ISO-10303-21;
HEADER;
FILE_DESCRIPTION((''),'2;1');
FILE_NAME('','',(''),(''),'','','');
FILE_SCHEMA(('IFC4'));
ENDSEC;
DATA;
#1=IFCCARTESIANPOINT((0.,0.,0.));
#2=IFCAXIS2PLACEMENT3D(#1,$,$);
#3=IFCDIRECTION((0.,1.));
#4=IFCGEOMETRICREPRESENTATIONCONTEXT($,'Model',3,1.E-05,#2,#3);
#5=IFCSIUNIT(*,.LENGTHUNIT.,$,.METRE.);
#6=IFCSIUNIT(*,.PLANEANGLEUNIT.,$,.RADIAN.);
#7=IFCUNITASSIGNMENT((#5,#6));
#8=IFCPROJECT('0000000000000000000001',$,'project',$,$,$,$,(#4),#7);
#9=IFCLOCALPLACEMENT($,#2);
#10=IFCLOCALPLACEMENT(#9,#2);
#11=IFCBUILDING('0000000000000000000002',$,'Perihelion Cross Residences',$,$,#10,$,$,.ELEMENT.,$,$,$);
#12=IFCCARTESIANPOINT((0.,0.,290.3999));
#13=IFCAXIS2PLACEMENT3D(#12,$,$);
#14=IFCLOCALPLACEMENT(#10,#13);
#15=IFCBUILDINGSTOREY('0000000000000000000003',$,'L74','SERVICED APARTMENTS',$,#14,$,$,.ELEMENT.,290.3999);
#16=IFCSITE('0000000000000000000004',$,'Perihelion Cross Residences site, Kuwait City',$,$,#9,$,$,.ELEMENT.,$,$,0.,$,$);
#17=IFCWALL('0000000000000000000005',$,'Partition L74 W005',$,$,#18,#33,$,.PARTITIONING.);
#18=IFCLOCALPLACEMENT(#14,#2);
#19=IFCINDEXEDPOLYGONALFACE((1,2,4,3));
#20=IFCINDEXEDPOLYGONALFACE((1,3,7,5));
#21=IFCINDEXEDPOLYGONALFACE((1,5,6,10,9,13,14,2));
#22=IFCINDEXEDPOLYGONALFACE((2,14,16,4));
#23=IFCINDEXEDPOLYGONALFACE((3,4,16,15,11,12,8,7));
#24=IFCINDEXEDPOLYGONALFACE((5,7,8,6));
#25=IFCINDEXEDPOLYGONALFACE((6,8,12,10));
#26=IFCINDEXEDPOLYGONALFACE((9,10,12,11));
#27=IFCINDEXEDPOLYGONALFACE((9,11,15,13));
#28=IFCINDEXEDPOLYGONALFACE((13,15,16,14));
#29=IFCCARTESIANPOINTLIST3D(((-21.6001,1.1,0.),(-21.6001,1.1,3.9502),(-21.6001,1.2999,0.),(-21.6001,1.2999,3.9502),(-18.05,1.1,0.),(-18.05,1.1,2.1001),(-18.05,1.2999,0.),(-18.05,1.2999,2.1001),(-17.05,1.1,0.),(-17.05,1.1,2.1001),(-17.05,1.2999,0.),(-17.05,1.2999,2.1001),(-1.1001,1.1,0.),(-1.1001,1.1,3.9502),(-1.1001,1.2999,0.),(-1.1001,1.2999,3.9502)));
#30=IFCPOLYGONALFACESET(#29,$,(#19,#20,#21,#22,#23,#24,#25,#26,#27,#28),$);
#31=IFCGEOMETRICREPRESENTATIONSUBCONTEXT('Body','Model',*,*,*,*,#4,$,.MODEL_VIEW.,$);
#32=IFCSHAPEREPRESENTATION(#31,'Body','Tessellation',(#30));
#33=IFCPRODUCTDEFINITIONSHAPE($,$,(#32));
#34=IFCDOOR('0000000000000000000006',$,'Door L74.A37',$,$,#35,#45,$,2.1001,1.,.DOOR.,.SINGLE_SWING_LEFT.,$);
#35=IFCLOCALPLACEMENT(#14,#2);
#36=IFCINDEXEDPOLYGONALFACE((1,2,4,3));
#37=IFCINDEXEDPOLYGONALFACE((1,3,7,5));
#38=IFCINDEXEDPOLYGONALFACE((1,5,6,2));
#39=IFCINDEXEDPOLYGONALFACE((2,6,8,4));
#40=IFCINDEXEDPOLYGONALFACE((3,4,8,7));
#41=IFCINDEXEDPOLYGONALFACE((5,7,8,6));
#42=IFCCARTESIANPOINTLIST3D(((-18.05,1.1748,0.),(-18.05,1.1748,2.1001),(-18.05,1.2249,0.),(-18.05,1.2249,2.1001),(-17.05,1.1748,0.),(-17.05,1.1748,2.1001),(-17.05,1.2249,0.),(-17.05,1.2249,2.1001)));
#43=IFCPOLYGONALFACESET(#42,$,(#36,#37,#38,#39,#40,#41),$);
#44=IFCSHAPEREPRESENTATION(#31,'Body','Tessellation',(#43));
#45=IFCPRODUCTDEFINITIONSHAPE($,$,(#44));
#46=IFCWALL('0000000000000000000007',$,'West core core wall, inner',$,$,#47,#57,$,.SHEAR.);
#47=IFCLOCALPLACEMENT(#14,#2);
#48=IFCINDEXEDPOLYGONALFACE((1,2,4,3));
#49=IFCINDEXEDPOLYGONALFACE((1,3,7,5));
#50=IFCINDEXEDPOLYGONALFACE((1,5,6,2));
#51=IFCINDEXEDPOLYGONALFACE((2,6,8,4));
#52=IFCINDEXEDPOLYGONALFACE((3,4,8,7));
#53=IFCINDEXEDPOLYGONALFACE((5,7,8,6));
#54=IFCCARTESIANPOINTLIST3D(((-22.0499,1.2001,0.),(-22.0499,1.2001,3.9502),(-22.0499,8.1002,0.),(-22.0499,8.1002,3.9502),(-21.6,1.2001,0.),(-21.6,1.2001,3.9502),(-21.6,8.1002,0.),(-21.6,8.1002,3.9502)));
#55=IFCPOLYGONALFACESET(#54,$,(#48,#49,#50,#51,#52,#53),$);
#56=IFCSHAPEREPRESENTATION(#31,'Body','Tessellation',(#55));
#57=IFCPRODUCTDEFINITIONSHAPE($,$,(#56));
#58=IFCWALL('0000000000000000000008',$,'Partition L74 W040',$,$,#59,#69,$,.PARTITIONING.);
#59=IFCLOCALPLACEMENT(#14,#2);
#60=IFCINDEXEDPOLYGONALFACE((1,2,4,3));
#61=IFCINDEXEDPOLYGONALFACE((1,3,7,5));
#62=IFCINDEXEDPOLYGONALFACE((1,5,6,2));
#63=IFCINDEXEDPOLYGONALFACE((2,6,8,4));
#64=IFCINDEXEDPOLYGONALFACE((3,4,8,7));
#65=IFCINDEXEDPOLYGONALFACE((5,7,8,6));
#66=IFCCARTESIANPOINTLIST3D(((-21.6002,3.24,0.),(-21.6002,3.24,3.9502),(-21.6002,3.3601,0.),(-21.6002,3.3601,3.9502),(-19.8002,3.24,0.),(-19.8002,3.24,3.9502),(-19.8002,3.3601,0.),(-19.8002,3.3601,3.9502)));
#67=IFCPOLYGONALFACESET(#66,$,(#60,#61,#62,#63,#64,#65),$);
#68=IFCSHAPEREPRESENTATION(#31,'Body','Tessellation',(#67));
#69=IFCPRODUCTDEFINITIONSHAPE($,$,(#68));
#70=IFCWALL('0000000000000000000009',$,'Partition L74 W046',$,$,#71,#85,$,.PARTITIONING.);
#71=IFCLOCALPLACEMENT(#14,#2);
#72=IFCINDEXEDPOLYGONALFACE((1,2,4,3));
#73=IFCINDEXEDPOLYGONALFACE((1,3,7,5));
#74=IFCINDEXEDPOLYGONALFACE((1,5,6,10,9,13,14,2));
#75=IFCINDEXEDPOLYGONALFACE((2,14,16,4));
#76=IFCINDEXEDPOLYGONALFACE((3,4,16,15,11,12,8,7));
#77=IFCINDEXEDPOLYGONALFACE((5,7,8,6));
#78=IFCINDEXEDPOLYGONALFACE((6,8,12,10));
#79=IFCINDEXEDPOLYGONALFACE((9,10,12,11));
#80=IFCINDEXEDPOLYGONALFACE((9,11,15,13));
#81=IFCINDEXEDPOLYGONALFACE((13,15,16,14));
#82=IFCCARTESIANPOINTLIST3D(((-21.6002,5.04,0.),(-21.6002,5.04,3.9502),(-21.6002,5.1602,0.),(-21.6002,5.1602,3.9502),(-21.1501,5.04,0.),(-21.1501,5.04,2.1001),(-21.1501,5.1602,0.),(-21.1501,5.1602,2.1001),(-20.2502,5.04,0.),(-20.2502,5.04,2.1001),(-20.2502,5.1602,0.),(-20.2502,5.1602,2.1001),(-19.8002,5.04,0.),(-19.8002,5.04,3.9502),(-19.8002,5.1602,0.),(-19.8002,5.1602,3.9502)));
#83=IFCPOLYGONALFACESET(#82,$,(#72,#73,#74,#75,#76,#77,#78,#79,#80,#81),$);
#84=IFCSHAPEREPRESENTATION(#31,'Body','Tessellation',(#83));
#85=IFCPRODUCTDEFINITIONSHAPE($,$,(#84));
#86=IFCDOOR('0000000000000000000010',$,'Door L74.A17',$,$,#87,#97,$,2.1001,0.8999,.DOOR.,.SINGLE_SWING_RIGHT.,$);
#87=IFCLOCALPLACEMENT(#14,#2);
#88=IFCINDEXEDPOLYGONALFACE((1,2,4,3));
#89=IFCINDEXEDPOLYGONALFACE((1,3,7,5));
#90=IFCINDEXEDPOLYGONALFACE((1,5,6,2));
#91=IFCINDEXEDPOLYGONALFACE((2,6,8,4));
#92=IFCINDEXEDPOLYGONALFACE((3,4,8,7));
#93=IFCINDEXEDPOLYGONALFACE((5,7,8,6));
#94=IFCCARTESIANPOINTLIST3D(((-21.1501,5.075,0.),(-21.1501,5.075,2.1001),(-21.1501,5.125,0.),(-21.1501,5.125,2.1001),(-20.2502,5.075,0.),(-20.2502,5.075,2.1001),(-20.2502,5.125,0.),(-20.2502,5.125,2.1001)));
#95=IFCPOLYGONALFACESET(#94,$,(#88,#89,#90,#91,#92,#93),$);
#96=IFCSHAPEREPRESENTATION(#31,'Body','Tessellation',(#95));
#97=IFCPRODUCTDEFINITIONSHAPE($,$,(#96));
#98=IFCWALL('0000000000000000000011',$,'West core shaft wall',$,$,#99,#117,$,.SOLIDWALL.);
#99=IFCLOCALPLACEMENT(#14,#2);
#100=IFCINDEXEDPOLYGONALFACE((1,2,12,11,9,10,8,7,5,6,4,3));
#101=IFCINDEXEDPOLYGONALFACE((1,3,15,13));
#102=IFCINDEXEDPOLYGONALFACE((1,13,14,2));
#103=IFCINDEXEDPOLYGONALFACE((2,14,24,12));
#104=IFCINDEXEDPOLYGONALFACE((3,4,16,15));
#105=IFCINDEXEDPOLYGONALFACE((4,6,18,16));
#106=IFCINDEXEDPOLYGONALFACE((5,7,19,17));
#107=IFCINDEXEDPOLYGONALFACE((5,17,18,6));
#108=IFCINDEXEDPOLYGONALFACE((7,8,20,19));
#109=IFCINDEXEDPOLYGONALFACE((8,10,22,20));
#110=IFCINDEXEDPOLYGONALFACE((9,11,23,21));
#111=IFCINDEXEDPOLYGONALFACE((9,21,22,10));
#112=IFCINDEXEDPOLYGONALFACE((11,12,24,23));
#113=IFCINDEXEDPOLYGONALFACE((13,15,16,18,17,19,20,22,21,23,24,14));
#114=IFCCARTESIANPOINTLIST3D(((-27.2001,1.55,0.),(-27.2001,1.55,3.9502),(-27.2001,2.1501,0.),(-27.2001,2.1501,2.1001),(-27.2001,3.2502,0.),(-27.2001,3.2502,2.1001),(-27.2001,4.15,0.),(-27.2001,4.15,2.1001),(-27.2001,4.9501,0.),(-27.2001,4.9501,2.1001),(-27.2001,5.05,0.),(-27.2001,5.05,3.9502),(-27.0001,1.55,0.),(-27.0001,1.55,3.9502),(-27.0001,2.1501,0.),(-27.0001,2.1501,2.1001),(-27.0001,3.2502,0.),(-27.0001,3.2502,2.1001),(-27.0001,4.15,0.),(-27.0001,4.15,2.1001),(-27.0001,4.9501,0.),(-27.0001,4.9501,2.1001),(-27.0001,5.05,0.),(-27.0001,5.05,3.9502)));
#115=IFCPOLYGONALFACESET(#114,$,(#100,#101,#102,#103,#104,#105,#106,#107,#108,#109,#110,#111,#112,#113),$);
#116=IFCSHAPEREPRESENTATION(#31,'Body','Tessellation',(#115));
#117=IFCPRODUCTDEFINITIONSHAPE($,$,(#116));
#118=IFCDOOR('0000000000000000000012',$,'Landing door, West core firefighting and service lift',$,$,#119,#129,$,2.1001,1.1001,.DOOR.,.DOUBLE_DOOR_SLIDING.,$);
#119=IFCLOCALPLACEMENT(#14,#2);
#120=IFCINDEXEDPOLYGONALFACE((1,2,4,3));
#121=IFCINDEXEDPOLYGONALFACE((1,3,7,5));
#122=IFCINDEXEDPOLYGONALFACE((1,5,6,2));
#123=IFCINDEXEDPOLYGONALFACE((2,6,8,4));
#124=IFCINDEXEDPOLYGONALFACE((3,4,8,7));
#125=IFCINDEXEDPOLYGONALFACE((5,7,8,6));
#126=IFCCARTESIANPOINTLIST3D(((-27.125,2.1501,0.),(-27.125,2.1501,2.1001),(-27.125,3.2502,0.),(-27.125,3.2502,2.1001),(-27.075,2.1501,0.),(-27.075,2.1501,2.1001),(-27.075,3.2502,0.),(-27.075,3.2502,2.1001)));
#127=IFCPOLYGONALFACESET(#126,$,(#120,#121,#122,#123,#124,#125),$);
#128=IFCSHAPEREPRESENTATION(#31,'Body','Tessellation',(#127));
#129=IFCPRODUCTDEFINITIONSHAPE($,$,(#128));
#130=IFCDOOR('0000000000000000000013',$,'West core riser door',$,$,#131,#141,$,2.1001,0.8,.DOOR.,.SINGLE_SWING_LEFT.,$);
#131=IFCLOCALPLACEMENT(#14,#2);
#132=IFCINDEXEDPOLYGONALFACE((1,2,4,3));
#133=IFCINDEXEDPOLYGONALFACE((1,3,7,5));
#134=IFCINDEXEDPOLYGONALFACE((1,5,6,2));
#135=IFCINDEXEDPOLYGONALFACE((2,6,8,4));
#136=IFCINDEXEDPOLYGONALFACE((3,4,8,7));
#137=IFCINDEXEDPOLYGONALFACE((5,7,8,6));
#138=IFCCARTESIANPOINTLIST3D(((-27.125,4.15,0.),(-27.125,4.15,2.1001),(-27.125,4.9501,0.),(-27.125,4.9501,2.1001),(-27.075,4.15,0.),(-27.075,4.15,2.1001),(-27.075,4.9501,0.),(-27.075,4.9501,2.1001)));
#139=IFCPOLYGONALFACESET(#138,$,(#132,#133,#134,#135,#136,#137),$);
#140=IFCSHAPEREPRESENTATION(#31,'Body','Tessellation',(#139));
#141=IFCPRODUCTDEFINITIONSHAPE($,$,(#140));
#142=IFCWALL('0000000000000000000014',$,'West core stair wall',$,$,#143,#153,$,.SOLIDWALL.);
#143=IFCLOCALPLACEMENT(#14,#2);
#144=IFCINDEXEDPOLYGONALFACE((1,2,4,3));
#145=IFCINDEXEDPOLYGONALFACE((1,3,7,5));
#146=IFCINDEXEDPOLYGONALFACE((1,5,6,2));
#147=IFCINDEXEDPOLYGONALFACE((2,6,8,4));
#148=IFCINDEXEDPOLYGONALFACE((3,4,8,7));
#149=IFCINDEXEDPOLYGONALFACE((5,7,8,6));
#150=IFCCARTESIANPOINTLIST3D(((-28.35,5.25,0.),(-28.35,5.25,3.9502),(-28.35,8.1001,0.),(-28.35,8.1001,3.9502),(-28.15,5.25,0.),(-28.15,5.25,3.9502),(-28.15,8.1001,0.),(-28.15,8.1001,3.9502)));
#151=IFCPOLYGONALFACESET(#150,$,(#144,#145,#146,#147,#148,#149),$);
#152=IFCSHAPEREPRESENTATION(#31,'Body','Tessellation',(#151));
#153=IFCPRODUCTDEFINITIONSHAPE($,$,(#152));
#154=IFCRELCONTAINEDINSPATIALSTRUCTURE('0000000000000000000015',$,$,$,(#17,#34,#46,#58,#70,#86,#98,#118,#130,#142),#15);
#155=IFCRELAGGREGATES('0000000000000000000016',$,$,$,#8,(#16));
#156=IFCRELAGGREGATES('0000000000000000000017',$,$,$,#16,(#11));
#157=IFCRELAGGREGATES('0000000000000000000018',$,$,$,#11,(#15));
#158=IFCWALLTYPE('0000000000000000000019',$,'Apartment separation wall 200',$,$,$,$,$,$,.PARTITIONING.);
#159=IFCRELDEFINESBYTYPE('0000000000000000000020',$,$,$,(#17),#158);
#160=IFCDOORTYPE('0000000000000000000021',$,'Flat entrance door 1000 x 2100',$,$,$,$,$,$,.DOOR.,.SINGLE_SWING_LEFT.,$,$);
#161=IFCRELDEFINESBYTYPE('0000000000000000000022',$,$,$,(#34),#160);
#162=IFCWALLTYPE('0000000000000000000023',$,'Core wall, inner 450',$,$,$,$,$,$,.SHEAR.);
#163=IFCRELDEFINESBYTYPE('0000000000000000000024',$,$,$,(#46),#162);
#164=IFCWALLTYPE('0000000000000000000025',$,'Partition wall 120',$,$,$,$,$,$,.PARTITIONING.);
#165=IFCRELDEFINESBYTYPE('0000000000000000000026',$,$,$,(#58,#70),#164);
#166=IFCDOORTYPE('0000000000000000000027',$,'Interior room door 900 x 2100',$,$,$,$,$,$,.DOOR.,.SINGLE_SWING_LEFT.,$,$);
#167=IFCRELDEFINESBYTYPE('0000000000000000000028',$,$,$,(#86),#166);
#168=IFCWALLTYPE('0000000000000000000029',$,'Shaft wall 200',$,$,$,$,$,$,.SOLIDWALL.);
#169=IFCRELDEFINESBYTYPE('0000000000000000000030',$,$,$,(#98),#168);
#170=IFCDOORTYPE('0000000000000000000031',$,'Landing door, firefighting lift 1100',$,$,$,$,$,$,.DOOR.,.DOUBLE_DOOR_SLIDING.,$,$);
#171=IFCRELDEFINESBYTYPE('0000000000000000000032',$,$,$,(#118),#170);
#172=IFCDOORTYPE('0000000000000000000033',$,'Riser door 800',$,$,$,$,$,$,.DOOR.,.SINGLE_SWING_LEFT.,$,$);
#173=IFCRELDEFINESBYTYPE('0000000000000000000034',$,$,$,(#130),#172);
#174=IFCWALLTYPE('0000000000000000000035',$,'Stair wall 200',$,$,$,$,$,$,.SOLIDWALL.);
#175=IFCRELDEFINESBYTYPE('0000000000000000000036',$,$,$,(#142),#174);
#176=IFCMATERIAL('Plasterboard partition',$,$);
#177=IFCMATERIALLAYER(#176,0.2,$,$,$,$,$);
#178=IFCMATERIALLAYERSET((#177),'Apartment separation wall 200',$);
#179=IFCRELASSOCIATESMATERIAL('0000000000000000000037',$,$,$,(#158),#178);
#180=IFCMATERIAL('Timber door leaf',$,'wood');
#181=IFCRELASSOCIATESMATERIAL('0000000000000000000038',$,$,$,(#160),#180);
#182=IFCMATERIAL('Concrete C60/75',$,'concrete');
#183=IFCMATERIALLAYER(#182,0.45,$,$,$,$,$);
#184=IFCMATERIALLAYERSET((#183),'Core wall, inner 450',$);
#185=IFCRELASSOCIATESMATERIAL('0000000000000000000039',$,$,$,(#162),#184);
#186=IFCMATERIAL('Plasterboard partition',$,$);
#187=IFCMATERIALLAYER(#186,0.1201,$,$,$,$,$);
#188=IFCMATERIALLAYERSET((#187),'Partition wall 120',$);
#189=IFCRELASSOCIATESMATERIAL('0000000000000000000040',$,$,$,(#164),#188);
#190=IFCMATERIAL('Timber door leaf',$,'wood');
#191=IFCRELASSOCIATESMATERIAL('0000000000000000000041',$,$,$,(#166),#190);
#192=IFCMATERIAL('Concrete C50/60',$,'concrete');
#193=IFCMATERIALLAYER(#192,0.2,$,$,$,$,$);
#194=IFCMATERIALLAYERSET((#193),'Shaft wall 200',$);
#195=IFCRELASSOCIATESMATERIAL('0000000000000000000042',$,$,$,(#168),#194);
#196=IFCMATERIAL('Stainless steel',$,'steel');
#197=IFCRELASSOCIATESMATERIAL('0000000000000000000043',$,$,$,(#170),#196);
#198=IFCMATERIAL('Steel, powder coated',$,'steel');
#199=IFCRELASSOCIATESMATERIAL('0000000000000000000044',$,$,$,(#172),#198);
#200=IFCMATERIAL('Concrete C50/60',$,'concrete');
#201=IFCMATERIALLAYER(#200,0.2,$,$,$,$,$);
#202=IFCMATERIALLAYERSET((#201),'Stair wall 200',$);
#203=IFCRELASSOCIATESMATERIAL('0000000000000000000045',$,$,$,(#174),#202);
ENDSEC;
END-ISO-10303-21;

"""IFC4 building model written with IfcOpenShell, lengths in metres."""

from ifc_helpers import new_model, si_unit, direction, frame, frame_2d, origin, place, context, subcontext, project, spatial, rectangle, extrude, material, layer, layer_set, type_object, element, fill, save


model = new_model("IFC4")

# Units and contexts
model_context = context("Model", 3, precision=1e-05, world=origin(), true_north=direction((0.0, 1.0)))
body_context = subcontext(model_context, "Body", "Model", "MODEL_VIEW")
ifc_project = project(units=[si_unit("LENGTHUNIT", "METRE"), si_unit("PLANEANGLEUNIT", "RADIAN")], contexts=[model_context])

# Site, building, storey
site_placement = place(None, origin())
site = spatial("IfcSite", under=ifc_project, at=site_placement, Name="Perihelion Cross Residences site, Kuwait City", CompositionType="ELEMENT", RefElevation=0.0)
building_placement = place(site_placement, origin())
building = spatial("IfcBuilding", under=site, at=building_placement, Name="Perihelion Cross Residences", CompositionType="ELEMENT")
storey_placement = place(building_placement, frame((0.0, 0.0, 290.3999)))
storey = spatial("IfcBuildingStorey", under=building, at=storey_placement, Name="L74", Description="SERVICED APARTMENTS", CompositionType="ELEMENT", Elevation=290.3999)

# Wall, opening, door
ifc_material_1 = material(Name="Plasterboard partition")
ifc_layer_1 = layer(ifc_material_1, 0.2)
ifc_layer_set_1 = layer_set([ifc_layer_1], Name="Apartment separation wall 200")
wall_type_1 = type_object("IfcWallType", Name="Apartment separation wall 200", PredefinedType="PARTITIONING", material=ifc_layer_set_1)
wall_1_placement = place(storey_placement, frame((-21.6001, 1.2, 0.0), z_axis=(0.0, 0.0, 1.0), x_axis=(1.0, 0.0, 0.0)))
wall_1 = element("IfcWall", 1, at=wall_1_placement, inside=storey, type_object=wall_type_1, Name="Partition L74 W005", PredefinedType="PARTITIONING", context=body_context, shape_type="SweptSolid", body=[
    extrude(rectangle(XDim=20.5, YDim=0.2, at=frame_2d((10.25, 0.0))), origin(), (0.0, 0.0, 1.0), 3.9502),
])
opening_1_placement = place(wall_1_placement, frame((3.55, 0.0, 0.0)))
opening_1 = element("IfcOpeningElement", 2, at=opening_1_placement, cuts=wall_1, PredefinedType="OPENING", context=body_context, shape_type="SweptSolid", body=[
    extrude(rectangle(XDim=1.0, YDim=2.1001, at=frame_2d((0.5, 1.05))), frame((0.0, 0.1099, 0.0), z_axis=(0.0, -1.0, 0.0), x_axis=(1.0, 0.0, 0.0)), (0.0, 0.0, 1.0), 0.22),
])
ifc_material_2 = material(Name="Timber door leaf", Category="wood")
door_type_1 = type_object("IfcDoorType", Name="Flat entrance door 1000 x 2100", OperationType="SINGLE_SWING_LEFT", PredefinedType="DOOR", material=ifc_material_2)
door_1_placement = place(opening_1_placement, origin())
door_1 = element("IfcDoor", 3, at=door_1_placement, inside=storey, type_object=door_type_1, Name="Door L74.A37", OperationType="SINGLE_SWING_LEFT", OverallHeight=2.1001, OverallWidth=1.0, PredefinedType="DOOR", context=body_context, shape_type="SweptSolid", body=[
    extrude(rectangle(XDim=1.0, YDim=2.1001, at=frame_2d((0.5, 1.05))), frame((0.0, 0.0249, 0.0), z_axis=(0.0, -1.0, 0.0), x_axis=(1.0, 0.0, 0.0)), (0.0, 0.0, 1.0), 0.05),
])
fill(opening_1, door_1)

# Walls
ifc_material_3 = material(Name="Concrete C60/75", Category="concrete")
ifc_layer_2 = layer(ifc_material_3, 0.45)
ifc_layer_set_2 = layer_set([ifc_layer_2], Name="Core wall, inner 450")
wall_type_2 = type_object("IfcWallType", Name="Core wall, inner 450", PredefinedType="SHEAR", material=ifc_layer_set_2)
wall_2_placement = place(storey_placement, frame((-21.825, 1.2, 0.0), z_axis=(0.0, 0.0, 1.0), x_axis=(0.0, 1.0, 0.0)))
element("IfcWall", 4, at=wall_2_placement, inside=storey, type_object=wall_type_2, Name="West core core wall, inner", PredefinedType="SHEAR", context=body_context, shape_type="SweptSolid", body=[
    extrude(rectangle(XDim=6.9001, YDim=0.45, at=frame_2d((3.4502, 0.0))), origin(), (0.0, 0.0, 1.0), 3.9502),
])
ifc_material_4 = material(Name="Plasterboard partition")
ifc_layer_3 = layer(ifc_material_4, 0.1201)
ifc_layer_set_3 = layer_set([ifc_layer_3], Name="Partition wall 120")
wall_type_3 = type_object("IfcWallType", Name="Partition wall 120", PredefinedType="PARTITIONING", material=ifc_layer_set_3)
wall_3_placement = place(storey_placement, frame((-21.6001, 3.3, 0.0), z_axis=(0.0, 0.0, 1.0), x_axis=(1.0, 0.0, 0.0)))
element("IfcWall", 5, at=wall_3_placement, inside=storey, type_object=wall_type_3, Name="Partition L74 W040", PredefinedType="PARTITIONING", context=body_context, shape_type="SweptSolid", body=[
    extrude(rectangle(XDim=1.8, YDim=0.1201, at=frame_2d((0.8999, 0.0))), origin(), (0.0, 0.0, 1.0), 3.9502),
])

# Wall, opening, door
wall_4_placement = place(storey_placement, frame((-21.6001, 5.1001, 0.0), z_axis=(0.0, 0.0, 1.0), x_axis=(1.0, 0.0, 0.0)))
wall_4 = element("IfcWall", 6, at=wall_4_placement, inside=storey, type_object=wall_type_3, Name="Partition L74 W046", PredefinedType="PARTITIONING", context=body_context, shape_type="SweptSolid", body=[
    extrude(rectangle(XDim=1.8, YDim=0.1201, at=frame_2d((0.8999, 0.0))), origin(), (0.0, 0.0, 1.0), 3.9502),
])
opening_2_placement = place(wall_4_placement, frame((0.45, 0.0, 0.0)))
opening_2 = element("IfcOpeningElement", 7, at=opening_2_placement, cuts=wall_4, PredefinedType="OPENING", context=body_context, shape_type="SweptSolid", body=[
    extrude(rectangle(XDim=0.8999, YDim=2.1001, at=frame_2d((0.45, 1.05))), frame((0.0, 0.0701, 0.0), z_axis=(0.0, -1.0, 0.0), x_axis=(1.0, 0.0, 0.0)), (0.0, 0.0, 1.0), 0.1401),
])
ifc_material_5 = material(Name="Timber door leaf", Category="wood")
door_type_2 = type_object("IfcDoorType", Name="Interior room door 900 x 2100", OperationType="SINGLE_SWING_LEFT", PredefinedType="DOOR", material=ifc_material_5)
door_2_placement = place(opening_2_placement, origin())
door_2 = element("IfcDoor", 8, at=door_2_placement, inside=storey, type_object=door_type_2, Name="Door L74.A17", OperationType="SINGLE_SWING_RIGHT", OverallHeight=2.1001, OverallWidth=0.8999, PredefinedType="DOOR", context=body_context, shape_type="SweptSolid", body=[
    extrude(rectangle(XDim=0.8999, YDim=2.1001, at=frame_2d((0.45, 1.05))), frame((0.0, 0.0249, 0.0), z_axis=(0.0, -1.0, 0.0), x_axis=(1.0, 0.0, 0.0)), (0.0, 0.0, 1.0), 0.05),
])
fill(opening_2, door_2)

# Wall, openings, doors
ifc_material_6 = material(Name="Concrete C50/60", Category="concrete")
ifc_layer_4 = layer(ifc_material_6, 0.2)
ifc_layer_set_4 = layer_set([ifc_layer_4], Name="Shaft wall 200")
wall_type_4 = type_object("IfcWallType", Name="Shaft wall 200", PredefinedType="SOLIDWALL", material=ifc_layer_set_4)
wall_5_placement = place(storey_placement, frame((-27.1001, 1.55, 0.0), z_axis=(0.0, 0.0, 1.0), x_axis=(0.0, 1.0, 0.0)))
wall_5 = element("IfcWall", 9, at=wall_5_placement, inside=storey, type_object=wall_type_4, Name="West core shaft wall", PredefinedType="SOLIDWALL", context=body_context, shape_type="SweptSolid", body=[
    extrude(rectangle(XDim=3.5, YDim=0.2, at=frame_2d((1.75, 0.0))), origin(), (0.0, 0.0, 1.0), 3.9502),
])
opening_3_placement = place(wall_5_placement, frame((0.6001, 0.0, 0.0)))
opening_3 = element("IfcOpeningElement", 10, at=opening_3_placement, cuts=wall_5, PredefinedType="OPENING", context=body_context, shape_type="SweptSolid", body=[
    extrude(rectangle(XDim=1.1001, YDim=2.1001, at=frame_2d((0.55, 1.05))), frame((0.0, 0.1099, 0.0), z_axis=(0.0, -1.0, 0.0), x_axis=(1.0, 0.0, 0.0)), (0.0, 0.0, 1.0), 0.22),
])
opening_4_placement = place(wall_5_placement, frame((2.6001, 0.0, 0.0)))
opening_4 = element("IfcOpeningElement", 11, at=opening_4_placement, cuts=wall_5, PredefinedType="OPENING", context=body_context, shape_type="SweptSolid", body=[
    extrude(rectangle(XDim=0.8, YDim=2.1001, at=frame_2d((0.3999, 1.05))), frame((0.0, 0.1099, 0.0), z_axis=(0.0, -1.0, 0.0), x_axis=(1.0, 0.0, 0.0)), (0.0, 0.0, 1.0), 0.22),
])
ifc_material_7 = material(Name="Stainless steel", Category="steel")
door_type_3 = type_object("IfcDoorType", Name="Landing door, firefighting lift 1100", OperationType="DOUBLE_DOOR_SLIDING", PredefinedType="DOOR", material=ifc_material_7)
door_3_placement = place(opening_3_placement, origin())
door_3 = element("IfcDoor", 12, at=door_3_placement, inside=storey, type_object=door_type_3, Name="Landing door, West core firefighting and service lift", OperationType="DOUBLE_DOOR_SLIDING", OverallHeight=2.1001, OverallWidth=1.1001, PredefinedType="DOOR", context=body_context, shape_type="SweptSolid", body=[
    extrude(rectangle(XDim=1.1001, YDim=2.1001, at=frame_2d((0.55, 1.05))), frame((0.0, 0.0249, 0.0), z_axis=(0.0, -1.0, 0.0), x_axis=(1.0, 0.0, 0.0)), (0.0, 0.0, 1.0), 0.05),
])
fill(opening_3, door_3)
ifc_material_8 = material(Name="Steel, powder coated", Category="steel")
door_type_4 = type_object("IfcDoorType", Name="Riser door 800", OperationType="SINGLE_SWING_LEFT", PredefinedType="DOOR", material=ifc_material_8)
door_4_placement = place(opening_4_placement, origin())
door_4 = element("IfcDoor", 13, at=door_4_placement, inside=storey, type_object=door_type_4, Name="West core riser door", OperationType="SINGLE_SWING_LEFT", OverallHeight=2.1001, OverallWidth=0.8, PredefinedType="DOOR", context=body_context, shape_type="SweptSolid", body=[
    extrude(rectangle(XDim=0.8, YDim=2.1001, at=frame_2d((0.3999, 1.05))), frame((0.0, 0.0249, 0.0), z_axis=(0.0, -1.0, 0.0), x_axis=(1.0, 0.0, 0.0)), (0.0, 0.0, 1.0), 0.05),
])
fill(opening_4, door_4)

# Wall
ifc_material_9 = material(Name="Concrete C50/60", Category="concrete")
ifc_layer_5 = layer(ifc_material_9, 0.2)
ifc_layer_set_5 = layer_set([ifc_layer_5], Name="Stair wall 200")
wall_type_5 = type_object("IfcWallType", Name="Stair wall 200", PredefinedType="SOLIDWALL", material=ifc_layer_set_5)
wall_6_placement = place(storey_placement, frame((-28.25, 5.25, 0.0), z_axis=(0.0, 0.0, 1.0), x_axis=(0.0, 1.0, 0.0)))
element("IfcWall", 14, at=wall_6_placement, inside=storey, type_object=wall_type_5, Name="West core stair wall", PredefinedType="SOLIDWALL", context=body_context, shape_type="SweptSolid", body=[
    extrude(rectangle(XDim=2.8501, YDim=0.2, at=frame_2d((1.425, 0.0))), origin(), (0.0, 0.0, 1.0), 3.9502),
])

save(model, "model.ifc")
